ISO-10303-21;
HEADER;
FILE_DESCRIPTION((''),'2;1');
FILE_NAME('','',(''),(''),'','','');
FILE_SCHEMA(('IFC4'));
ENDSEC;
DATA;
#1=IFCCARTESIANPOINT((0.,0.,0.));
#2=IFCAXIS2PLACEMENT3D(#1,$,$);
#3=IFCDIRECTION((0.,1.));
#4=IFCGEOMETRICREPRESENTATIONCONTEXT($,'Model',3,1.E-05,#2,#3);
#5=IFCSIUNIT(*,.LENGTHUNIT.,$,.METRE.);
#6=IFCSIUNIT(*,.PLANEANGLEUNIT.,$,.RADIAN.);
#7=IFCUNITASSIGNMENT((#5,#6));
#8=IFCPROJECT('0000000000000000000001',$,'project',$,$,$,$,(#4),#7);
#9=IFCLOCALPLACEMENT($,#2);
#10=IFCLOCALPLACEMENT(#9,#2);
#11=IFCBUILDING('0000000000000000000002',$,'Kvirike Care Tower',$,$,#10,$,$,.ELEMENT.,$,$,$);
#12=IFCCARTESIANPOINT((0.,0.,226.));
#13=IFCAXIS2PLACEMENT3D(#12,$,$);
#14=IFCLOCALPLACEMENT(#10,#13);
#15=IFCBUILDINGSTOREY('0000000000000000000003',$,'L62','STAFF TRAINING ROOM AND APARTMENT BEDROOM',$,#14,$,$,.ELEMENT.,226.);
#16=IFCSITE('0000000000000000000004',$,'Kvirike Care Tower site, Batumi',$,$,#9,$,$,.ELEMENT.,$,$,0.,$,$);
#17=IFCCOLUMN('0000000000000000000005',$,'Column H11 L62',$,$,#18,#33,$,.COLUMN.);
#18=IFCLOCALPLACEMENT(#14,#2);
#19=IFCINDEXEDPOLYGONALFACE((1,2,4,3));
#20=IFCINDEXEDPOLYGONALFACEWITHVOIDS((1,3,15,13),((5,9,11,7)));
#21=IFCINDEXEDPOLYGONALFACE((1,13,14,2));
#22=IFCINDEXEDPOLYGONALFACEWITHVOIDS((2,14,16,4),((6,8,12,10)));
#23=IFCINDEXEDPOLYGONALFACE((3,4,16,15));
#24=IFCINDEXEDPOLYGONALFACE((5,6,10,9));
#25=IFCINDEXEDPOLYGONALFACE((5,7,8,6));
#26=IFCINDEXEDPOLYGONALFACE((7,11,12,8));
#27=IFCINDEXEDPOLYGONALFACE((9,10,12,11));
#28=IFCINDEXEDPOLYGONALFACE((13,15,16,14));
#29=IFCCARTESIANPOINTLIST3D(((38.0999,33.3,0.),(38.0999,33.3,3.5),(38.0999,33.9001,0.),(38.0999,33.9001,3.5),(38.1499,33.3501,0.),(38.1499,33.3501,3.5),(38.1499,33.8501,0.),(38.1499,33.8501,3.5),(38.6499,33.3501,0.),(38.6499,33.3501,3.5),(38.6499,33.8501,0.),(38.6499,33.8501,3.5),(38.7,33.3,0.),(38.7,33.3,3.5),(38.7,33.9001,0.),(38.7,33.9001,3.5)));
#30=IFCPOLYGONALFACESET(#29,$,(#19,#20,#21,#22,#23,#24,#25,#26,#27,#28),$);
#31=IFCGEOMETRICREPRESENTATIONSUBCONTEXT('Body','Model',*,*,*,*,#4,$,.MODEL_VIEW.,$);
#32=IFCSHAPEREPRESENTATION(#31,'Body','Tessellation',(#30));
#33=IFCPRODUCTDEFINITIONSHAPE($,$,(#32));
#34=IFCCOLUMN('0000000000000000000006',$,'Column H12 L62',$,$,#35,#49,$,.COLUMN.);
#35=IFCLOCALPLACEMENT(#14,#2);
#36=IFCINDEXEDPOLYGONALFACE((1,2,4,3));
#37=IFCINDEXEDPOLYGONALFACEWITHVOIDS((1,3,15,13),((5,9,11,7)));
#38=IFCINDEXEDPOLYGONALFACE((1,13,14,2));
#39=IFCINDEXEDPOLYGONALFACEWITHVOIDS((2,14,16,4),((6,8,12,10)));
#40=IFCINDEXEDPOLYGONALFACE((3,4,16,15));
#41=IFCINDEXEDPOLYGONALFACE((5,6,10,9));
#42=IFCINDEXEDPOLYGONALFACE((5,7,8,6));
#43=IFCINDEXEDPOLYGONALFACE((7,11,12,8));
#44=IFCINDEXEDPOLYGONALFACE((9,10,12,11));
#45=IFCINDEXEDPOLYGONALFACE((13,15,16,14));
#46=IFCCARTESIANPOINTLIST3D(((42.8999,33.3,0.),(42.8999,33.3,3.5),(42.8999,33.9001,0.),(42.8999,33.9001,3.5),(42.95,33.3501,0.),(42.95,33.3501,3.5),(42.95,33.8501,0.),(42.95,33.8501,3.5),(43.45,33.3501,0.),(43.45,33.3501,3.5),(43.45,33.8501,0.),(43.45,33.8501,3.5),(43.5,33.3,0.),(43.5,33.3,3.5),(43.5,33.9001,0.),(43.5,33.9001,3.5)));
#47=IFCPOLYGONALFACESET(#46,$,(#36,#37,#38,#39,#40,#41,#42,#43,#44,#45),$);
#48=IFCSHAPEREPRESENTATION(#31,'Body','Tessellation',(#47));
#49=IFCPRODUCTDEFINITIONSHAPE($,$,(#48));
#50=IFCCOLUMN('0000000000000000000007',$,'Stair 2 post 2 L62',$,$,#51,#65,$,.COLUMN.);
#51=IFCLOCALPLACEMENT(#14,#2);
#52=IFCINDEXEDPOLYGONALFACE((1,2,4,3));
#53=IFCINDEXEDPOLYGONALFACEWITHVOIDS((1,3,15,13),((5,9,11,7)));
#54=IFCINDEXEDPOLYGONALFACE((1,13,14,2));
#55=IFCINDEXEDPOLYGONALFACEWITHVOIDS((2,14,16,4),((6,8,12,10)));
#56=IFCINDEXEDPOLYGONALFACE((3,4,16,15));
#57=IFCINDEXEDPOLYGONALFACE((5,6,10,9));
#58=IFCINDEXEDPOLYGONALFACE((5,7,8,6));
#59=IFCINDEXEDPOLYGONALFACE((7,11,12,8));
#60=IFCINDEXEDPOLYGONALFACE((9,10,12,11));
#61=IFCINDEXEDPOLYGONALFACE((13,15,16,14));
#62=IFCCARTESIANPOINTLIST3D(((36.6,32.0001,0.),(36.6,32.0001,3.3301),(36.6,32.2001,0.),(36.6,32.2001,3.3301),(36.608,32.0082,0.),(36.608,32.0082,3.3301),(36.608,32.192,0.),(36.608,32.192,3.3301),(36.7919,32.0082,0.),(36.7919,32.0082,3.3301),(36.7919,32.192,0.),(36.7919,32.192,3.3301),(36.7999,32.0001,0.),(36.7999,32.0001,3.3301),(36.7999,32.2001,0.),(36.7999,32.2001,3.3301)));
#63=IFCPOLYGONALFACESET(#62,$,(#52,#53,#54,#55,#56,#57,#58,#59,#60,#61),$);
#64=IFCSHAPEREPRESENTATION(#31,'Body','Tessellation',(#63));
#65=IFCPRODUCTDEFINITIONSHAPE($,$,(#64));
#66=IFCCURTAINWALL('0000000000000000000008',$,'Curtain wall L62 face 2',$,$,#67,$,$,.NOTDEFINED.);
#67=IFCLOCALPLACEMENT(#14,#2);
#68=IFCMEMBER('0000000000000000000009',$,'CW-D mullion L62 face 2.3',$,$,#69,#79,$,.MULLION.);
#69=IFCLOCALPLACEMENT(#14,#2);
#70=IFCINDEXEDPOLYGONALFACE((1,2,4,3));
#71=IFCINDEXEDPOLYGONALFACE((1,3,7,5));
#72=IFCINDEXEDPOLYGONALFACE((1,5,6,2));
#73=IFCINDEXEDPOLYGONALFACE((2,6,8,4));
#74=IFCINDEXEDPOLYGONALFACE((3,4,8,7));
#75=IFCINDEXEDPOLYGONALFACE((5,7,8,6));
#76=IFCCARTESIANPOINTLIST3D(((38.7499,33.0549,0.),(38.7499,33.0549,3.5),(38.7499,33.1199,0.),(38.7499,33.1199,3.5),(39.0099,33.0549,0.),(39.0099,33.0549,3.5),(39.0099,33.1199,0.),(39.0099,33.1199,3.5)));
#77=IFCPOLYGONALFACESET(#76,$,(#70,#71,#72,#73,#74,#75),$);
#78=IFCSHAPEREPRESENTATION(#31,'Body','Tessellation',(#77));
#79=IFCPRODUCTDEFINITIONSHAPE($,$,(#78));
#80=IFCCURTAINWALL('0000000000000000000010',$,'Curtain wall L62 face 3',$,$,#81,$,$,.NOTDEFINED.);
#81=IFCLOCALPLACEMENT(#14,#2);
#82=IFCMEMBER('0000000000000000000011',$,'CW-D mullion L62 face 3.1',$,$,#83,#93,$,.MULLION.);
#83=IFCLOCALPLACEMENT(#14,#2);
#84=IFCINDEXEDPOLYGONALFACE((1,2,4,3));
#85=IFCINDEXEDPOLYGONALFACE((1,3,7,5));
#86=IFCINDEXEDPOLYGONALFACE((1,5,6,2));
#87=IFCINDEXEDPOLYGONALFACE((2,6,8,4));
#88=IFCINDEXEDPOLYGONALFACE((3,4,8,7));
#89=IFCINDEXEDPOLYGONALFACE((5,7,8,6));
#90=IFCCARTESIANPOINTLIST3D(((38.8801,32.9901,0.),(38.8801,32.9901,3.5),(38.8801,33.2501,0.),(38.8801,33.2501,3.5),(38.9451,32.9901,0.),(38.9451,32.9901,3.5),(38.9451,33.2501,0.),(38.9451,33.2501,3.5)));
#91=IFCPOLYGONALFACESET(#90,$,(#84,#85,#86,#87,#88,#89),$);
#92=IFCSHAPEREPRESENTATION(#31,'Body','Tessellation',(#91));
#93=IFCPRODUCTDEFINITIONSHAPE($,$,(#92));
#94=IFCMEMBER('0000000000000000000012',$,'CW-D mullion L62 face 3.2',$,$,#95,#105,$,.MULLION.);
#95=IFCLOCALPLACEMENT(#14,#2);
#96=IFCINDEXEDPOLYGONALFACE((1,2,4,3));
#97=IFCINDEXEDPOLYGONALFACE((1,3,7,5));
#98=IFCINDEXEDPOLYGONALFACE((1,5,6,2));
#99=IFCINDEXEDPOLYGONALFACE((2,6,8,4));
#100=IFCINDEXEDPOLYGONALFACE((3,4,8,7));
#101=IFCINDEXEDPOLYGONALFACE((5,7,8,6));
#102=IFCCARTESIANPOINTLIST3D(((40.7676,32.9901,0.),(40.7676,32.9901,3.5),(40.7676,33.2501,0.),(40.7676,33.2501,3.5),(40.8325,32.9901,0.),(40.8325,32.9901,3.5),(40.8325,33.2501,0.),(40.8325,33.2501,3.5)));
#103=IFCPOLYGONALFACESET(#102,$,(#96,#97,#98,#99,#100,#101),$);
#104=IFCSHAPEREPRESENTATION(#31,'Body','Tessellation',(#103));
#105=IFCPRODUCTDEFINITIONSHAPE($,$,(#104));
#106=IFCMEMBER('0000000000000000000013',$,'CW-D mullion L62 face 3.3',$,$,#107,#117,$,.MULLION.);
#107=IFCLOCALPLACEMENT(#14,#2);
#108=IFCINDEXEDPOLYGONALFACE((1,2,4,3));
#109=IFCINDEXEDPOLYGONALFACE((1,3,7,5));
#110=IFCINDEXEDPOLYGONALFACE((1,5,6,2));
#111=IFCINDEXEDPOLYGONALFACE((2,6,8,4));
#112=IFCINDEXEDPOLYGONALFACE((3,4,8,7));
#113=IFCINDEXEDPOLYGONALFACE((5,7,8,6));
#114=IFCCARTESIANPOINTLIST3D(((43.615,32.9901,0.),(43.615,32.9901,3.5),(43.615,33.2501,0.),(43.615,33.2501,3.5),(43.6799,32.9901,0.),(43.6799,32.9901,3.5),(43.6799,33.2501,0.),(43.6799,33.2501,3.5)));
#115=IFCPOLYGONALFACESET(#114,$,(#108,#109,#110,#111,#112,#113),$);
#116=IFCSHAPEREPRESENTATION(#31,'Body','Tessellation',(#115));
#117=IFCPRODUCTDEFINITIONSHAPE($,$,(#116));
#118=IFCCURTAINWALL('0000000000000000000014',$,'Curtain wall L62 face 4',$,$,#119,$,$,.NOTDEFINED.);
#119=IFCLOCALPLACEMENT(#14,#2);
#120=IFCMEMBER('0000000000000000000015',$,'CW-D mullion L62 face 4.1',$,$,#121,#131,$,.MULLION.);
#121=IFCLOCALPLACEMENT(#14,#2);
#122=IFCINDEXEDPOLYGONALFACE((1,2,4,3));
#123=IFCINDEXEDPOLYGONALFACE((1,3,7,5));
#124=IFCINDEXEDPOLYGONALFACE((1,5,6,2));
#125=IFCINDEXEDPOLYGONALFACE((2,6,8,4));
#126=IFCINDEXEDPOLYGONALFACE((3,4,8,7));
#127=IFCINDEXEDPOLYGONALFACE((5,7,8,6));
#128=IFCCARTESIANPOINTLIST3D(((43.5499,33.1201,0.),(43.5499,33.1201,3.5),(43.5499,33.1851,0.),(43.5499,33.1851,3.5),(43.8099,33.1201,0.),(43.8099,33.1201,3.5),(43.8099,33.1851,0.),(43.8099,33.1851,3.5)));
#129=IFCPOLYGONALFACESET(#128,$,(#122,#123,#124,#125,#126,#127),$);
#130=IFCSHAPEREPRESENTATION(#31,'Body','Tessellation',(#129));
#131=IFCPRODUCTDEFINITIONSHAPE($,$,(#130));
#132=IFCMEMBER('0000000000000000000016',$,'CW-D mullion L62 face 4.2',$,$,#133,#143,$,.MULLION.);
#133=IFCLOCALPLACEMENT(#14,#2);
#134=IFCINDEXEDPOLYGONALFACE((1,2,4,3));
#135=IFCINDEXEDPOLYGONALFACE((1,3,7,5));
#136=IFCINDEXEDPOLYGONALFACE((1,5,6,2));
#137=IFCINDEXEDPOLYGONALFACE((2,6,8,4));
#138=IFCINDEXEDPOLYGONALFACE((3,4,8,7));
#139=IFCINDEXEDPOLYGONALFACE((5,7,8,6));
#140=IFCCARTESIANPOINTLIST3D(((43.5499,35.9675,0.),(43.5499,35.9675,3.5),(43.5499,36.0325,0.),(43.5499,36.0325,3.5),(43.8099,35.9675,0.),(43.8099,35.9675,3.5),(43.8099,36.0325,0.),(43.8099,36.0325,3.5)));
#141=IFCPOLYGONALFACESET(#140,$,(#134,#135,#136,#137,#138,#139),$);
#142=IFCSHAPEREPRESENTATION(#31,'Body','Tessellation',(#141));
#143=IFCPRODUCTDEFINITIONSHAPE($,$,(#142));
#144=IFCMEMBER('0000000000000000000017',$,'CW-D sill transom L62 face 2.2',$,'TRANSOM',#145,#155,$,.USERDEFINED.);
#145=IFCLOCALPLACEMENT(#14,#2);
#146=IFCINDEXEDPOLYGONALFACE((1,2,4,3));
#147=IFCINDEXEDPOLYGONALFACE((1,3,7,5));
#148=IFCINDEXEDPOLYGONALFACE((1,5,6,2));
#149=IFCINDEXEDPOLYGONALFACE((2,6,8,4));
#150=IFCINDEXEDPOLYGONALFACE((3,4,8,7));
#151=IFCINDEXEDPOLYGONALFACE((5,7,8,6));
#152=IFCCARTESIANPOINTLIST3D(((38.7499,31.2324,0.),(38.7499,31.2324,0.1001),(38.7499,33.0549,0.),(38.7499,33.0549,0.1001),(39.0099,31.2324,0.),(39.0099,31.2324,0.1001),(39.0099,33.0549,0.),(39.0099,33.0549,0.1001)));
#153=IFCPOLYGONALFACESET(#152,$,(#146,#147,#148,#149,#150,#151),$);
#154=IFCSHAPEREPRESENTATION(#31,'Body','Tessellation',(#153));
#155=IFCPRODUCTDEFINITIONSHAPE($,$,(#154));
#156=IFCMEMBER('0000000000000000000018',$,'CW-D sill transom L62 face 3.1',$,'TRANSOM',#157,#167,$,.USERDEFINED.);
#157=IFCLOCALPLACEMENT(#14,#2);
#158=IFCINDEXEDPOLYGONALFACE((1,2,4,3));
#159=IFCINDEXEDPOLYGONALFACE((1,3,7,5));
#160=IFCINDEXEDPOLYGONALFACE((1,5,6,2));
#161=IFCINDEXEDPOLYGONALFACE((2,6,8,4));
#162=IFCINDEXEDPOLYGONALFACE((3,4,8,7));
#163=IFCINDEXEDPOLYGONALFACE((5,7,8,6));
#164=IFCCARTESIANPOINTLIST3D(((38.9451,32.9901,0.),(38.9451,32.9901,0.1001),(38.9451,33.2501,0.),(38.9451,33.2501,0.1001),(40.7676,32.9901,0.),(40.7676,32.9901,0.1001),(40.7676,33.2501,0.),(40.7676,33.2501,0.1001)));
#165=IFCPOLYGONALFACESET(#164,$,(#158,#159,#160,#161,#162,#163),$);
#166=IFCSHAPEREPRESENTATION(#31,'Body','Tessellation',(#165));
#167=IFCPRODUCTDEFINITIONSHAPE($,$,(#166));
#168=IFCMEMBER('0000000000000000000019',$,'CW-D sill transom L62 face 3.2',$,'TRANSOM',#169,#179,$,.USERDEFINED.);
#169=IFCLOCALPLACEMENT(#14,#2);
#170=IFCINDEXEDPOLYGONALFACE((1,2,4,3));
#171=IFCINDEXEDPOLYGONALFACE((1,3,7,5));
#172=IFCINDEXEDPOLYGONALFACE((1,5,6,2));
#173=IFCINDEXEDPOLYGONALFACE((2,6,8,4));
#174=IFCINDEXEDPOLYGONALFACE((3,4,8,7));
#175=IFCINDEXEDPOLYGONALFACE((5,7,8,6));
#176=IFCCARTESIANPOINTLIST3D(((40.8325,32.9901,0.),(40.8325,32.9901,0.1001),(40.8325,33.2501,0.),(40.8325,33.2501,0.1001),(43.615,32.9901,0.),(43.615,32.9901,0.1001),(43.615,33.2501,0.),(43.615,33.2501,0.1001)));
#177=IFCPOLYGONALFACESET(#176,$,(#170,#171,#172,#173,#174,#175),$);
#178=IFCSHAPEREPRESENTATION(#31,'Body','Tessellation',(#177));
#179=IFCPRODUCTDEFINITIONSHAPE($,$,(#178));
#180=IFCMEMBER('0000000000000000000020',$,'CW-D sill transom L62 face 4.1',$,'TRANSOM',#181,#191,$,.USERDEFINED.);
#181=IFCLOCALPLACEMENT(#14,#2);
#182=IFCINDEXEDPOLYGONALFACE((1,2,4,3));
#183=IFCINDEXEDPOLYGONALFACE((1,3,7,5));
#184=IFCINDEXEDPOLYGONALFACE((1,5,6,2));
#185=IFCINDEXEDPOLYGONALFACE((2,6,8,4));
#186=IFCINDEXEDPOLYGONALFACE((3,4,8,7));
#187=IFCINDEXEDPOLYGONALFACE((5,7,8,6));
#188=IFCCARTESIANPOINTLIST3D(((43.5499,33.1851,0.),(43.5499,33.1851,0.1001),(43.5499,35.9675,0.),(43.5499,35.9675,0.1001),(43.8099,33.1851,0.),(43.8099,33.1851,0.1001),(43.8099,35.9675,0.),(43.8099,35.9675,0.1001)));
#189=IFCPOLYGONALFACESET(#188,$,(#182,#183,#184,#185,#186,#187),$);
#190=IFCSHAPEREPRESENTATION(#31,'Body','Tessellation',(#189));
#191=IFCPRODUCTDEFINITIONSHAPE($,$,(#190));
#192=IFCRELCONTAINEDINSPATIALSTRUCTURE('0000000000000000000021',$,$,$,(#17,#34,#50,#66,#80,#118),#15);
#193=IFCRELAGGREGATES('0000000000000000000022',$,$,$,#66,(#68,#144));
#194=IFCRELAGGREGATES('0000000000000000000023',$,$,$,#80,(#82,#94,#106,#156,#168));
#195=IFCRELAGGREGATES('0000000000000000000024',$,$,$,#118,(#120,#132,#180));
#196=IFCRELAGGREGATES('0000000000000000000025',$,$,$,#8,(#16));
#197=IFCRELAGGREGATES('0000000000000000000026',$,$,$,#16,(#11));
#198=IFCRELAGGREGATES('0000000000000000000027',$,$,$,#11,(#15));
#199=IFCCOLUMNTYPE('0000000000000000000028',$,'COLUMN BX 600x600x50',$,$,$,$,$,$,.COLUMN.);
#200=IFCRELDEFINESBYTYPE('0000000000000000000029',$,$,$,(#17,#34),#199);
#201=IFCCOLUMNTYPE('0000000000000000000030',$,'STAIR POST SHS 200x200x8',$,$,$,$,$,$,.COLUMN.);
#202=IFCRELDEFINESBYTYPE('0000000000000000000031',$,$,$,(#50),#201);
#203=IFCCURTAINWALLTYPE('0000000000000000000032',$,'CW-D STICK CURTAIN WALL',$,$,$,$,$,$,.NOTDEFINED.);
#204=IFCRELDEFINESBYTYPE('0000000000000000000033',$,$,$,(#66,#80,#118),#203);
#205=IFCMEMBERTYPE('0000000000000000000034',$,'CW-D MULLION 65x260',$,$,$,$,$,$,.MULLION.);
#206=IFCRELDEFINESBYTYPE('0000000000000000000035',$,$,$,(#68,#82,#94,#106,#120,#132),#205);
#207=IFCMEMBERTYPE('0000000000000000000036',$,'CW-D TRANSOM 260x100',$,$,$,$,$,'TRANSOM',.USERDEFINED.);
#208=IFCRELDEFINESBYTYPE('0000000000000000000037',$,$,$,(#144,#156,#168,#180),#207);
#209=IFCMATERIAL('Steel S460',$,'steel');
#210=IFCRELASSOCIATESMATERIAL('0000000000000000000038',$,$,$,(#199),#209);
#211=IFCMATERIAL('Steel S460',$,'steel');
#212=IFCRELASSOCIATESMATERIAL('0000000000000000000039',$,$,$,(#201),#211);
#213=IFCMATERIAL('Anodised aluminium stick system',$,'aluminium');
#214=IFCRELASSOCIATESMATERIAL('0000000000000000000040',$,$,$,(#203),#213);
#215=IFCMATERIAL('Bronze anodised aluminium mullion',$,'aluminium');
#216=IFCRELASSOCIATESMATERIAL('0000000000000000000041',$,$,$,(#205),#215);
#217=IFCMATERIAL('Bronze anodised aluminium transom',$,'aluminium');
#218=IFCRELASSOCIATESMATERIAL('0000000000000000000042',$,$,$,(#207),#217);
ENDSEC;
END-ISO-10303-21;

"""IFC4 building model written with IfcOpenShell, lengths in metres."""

from ifc_helpers import new_model, si_unit, direction, frame, origin, origin_2d, place, context, subcontext, project, spatial, rectangle, hollow_rectangle, extrude, material, material_profile, profile_set, type_object, element, aggregate, save


model = new_model("IFC4")

# Units and contexts
model_context = context("Model", 3, precision=1e-05, world=origin(), true_north=direction((0.0, 1.0)))
body_context = subcontext(model_context, "Body", "Model", "MODEL_VIEW")
ifc_project = project(units=[si_unit("LENGTHUNIT", "METRE"), si_unit("PLANEANGLEUNIT", "RADIAN")], contexts=[model_context])

# Site, building, storey
site_placement = place(None, origin())
site = spatial("IfcSite", under=ifc_project, at=site_placement, Name="Kvirike Care Tower site, Batumi", CompositionType="ELEMENT", RefElevation=0.0)
building_placement = place(site_placement, origin())
building = spatial("IfcBuilding", under=site, at=building_placement, Name="Kvirike Care Tower", CompositionType="ELEMENT")
storey_placement = place(building_placement, frame((0.0, 0.0, 226.0)))
storey = spatial("IfcBuildingStorey", under=building, at=storey_placement, Name="L62", Description="STAFF TRAINING ROOM AND APARTMENT BEDROOM", CompositionType="ELEMENT", Elevation=226.0)

# Columns
ifc_material_1 = material(Name="Steel S460", Category="steel")
ifc_material_profile_1 = material_profile(ifc_material_1, hollow_rectangle(XDim=0.6001, YDim=0.6001, WallThickness=0.05, at=origin_2d()), Name="BX 600x600x50")
ifc_profile_set_1 = profile_set([ifc_material_profile_1], Name="Steel S460")
column_type_1 = type_object("IfcColumnType", Name="COLUMN BX 600x600x50", PredefinedType="COLUMN", material=ifc_profile_set_1)
for number, where, z_axis, x_axis, name in (
    (1, (38.3999, 33.6001, 0.0), (0.0, 0.0, 1.0), (0.0, 1.0, 0.0), "Column H11 L62"),
    (2, (43.2, 33.6001, 0.0), (0.0, 0.0, 1.0), (0.0, 1.0, 0.0), "Column H12 L62"),
):
    element("IfcColumn", number, at=place(storey_placement, frame(where, z_axis=z_axis, x_axis=x_axis)), inside=storey, type_object=column_type_1, Name=name, PredefinedType="COLUMN", context=body_context, shape_type="SweptSolid", body=[
        extrude(hollow_rectangle(XDim=0.6001, YDim=0.6001, WallThickness=0.05, at=origin_2d()), origin(), (0.0, 0.0, 1.0), 3.5),
    ])
ifc_material_2 = material(Name="Steel S460", Category="steel")
ifc_material_profile_2 = material_profile(ifc_material_2, hollow_rectangle(XDim=0.2, YDim=0.2, WallThickness=0.0081, at=origin_2d()), Name="SHS 200x200x8")
ifc_profile_set_2 = profile_set([ifc_material_profile_2], Name="Steel S460")
column_type_2 = type_object("IfcColumnType", Name="STAIR POST SHS 200x200x8", PredefinedType="COLUMN", material=ifc_profile_set_2)
column_placement = place(storey_placement, frame((36.7, 32.1001, 0.0), z_axis=(0.0, 0.0, 1.0), x_axis=(1.0, 0.0, 0.0)))
element("IfcColumn", 3, at=column_placement, inside=storey, type_object=column_type_2, Name="Stair 2 post 2 L62", PredefinedType="COLUMN", context=body_context, shape_type="SweptSolid", body=[
    extrude(hollow_rectangle(XDim=0.2, YDim=0.2, WallThickness=0.0081, at=origin_2d()), origin(), (0.0, 0.0, 1.0), 3.3301),
])

# Curtain wall, member
ifc_material_3 = material(Name="Anodised aluminium stick system", Category="aluminium")
curtain_wall_type = type_object("IfcCurtainWallType", Name="CW-D STICK CURTAIN WALL", PredefinedType="NOTDEFINED", material=ifc_material_3)
curtain_wall_1_placement = place(storey_placement, origin())
curtain_wall_1 = element("IfcCurtainWall", 4, at=curtain_wall_1_placement, inside=storey, type_object=curtain_wall_type, Name="Curtain wall L62 face 2", PredefinedType="NOTDEFINED")
ifc_material_4 = material(Name="Bronze anodised aluminium mullion", Category="aluminium")
ifc_material_profile_3 = material_profile(ifc_material_4, rectangle(XDim=0.0649, YDim=0.26, at=origin_2d()), Name="CW-D MULLION 65x260")
ifc_profile_set_3 = profile_set([ifc_material_profile_3], Name="Bronze anodised aluminium mullion")
member_type_1 = type_object("IfcMemberType", Name="CW-D MULLION 65x260", PredefinedType="MULLION", material=ifc_profile_set_3)
member_1_placement = place(storey_placement, frame((38.8799, 33.0874, 0.0), z_axis=(0.0, 0.0, 1.0), x_axis=(0.0, 1.0, 0.0)))
member_1 = element("IfcMember", 5, at=member_1_placement, type_object=member_type_1, Name="CW-D mullion L62 face 2.3", PredefinedType="MULLION", context=body_context, shape_type="SweptSolid", body=[
    extrude(rectangle(XDim=0.0649, YDim=0.26, at=origin_2d()), origin(), (0.0, 0.0, 1.0), 3.5),
])

# Curtain walls, members
curtain_wall_2_placement = place(storey_placement, origin())
curtain_wall_2 = element("IfcCurtainWall", 6, at=curtain_wall_2_placement, inside=storey, type_object=curtain_wall_type, Name="Curtain wall L62 face 3", PredefinedType="NOTDEFINED")
member_2_placement = place(storey_placement, frame((38.9126, 33.1201, 0.0), z_axis=(0.0, 0.0, 1.0), x_axis=(1.0, 0.0, 0.0)))
member_2 = element("IfcMember", 7, at=member_2_placement, type_object=member_type_1, Name="CW-D mullion L62 face 3.1", PredefinedType="MULLION", context=body_context, shape_type="SweptSolid", body=[
    extrude(rectangle(XDim=0.0649, YDim=0.26, at=origin_2d()), origin(), (0.0, 0.0, 1.0), 3.5),
])
member_3_placement = place(storey_placement, frame((40.8, 33.1201, 0.0), z_axis=(0.0, 0.0, 1.0), x_axis=(1.0, 0.0, 0.0)))
member_3 = element("IfcMember", 8, at=member_3_placement, type_object=member_type_1, Name="CW-D mullion L62 face 3.2", PredefinedType="MULLION", context=body_context, shape_type="SweptSolid", body=[
    extrude(rectangle(XDim=0.0649, YDim=0.26, at=origin_2d()), origin(), (0.0, 0.0, 1.0), 3.5),
])
member_4_placement = place(storey_placement, frame((43.6475, 33.1201, 0.0), z_axis=(0.0, 0.0, 1.0), x_axis=(1.0, 0.0, 0.0)))
member_4 = element("IfcMember", 9, at=member_4_placement, type_object=member_type_1, Name="CW-D mullion L62 face 3.3", PredefinedType="MULLION", context=body_context, shape_type="SweptSolid", body=[
    extrude(rectangle(XDim=0.0649, YDim=0.26, at=origin_2d()), origin(), (0.0, 0.0, 1.0), 3.5),
])
curtain_wall_3_placement = place(storey_placement, origin())
curtain_wall_3 = element("IfcCurtainWall", 10, at=curtain_wall_3_placement, inside=storey, type_object=curtain_wall_type, Name="Curtain wall L62 face 4", PredefinedType="NOTDEFINED")
member_5_placement = place(storey_placement, frame((43.6799, 33.1526, 0.0), z_axis=(0.0, 0.0, 1.0), x_axis=(0.0, 1.0, 0.0)))
member_5 = element("IfcMember", 11, at=member_5_placement, type_object=member_type_1, Name="CW-D mullion L62 face 4.1", PredefinedType="MULLION", context=body_context, shape_type="SweptSolid", body=[
    extrude(rectangle(XDim=0.0649, YDim=0.26, at=origin_2d()), origin(), (0.0, 0.0, 1.0), 3.5),
])
member_6_placement = place(storey_placement, frame((43.6799, 36.0, 0.0), z_axis=(0.0, 0.0, 1.0), x_axis=(0.0, 1.0, 0.0)))
member_6 = element("IfcMember", 12, at=member_6_placement, type_object=member_type_1, Name="CW-D mullion L62 face 4.2", PredefinedType="MULLION", context=body_context, shape_type="SweptSolid", body=[
    extrude(rectangle(XDim=0.0649, YDim=0.26, at=origin_2d()), origin(), (0.0, 0.0, 1.0), 3.5),
])

# Members
ifc_material_5 = material(Name="Bronze anodised aluminium transom", Category="aluminium")
ifc_material_profile_4 = material_profile(ifc_material_5, rectangle(XDim=0.26, YDim=0.1001, at=origin_2d()), Name="CW-D TRANSOM 260x100")
ifc_profile_set_4 = profile_set([ifc_material_profile_4], Name="Bronze anodised aluminium transom")
member_type_2 = type_object("IfcMemberType", Name="CW-D TRANSOM 260x100", ElementType="TRANSOM", PredefinedType="USERDEFINED", material=ifc_profile_set_4)
member_7_placement = place(storey_placement, frame((38.8799, 31.2324, 0.05), z_axis=(0.0, 1.0, 0.0), x_axis=(-1.0, 0.0, 0.0)))
member_7 = element("IfcMember", 13, at=member_7_placement, type_object=member_type_2, Name="CW-D sill transom L62 face 2.2", ObjectType="TRANSOM", PredefinedType="USERDEFINED", context=body_context, shape_type="SweptSolid", body=[
    extrude(rectangle(XDim=0.26, YDim=0.1001, at=origin_2d()), origin(), (0.0, 0.0, 1.0), 1.8225),
])
member_8_placement = place(storey_placement, frame((38.9451, 33.1201, 0.05), z_axis=(1.0, 0.0, 0.0), x_axis=(0.0, 1.0, 0.0)))
member_8 = element("IfcMember", 14, at=member_8_placement, type_object=member_type_2, Name="CW-D sill transom L62 face 3.1", ObjectType="TRANSOM", PredefinedType="USERDEFINED", context=body_context, shape_type="SweptSolid", body=[
    extrude(rectangle(XDim=0.26, YDim=0.1001, at=origin_2d()), origin(), (0.0, 0.0, 1.0), 1.8225),
])
member_9_placement = place(storey_placement, frame((40.8325, 33.1201, 0.05), z_axis=(1.0, 0.0, 0.0), x_axis=(0.0, 1.0, 0.0)))
member_9 = element("IfcMember", 15, at=member_9_placement, type_object=member_type_2, Name="CW-D sill transom L62 face 3.2", ObjectType="TRANSOM", PredefinedType="USERDEFINED", context=body_context, shape_type="SweptSolid", body=[
    extrude(rectangle(XDim=0.26, YDim=0.1001, at=origin_2d()), origin(), (0.0, 0.0, 1.0), 2.7825),
])
member_10_placement = place(storey_placement, frame((43.6799, 33.1851, 0.05), z_axis=(0.0, 1.0, 0.0), x_axis=(-1.0, 0.0, 0.0)))
member_10 = element("IfcMember", 16, at=member_10_placement, type_object=member_type_2, Name="CW-D sill transom L62 face 4.1", ObjectType="TRANSOM", PredefinedType="USERDEFINED", context=body_context, shape_type="SweptSolid", body=[
    extrude(rectangle(XDim=0.26, YDim=0.1001, at=origin_2d()), origin(), (0.0, 0.0, 1.0), 2.7825),
])

aggregate(curtain_wall_1, [member_1, member_7])
aggregate(curtain_wall_2, [member_2, member_3, member_4, member_8, member_9])
aggregate(curtain_wall_3, [member_5, member_6, member_10])

save(model, "model.ifc")
